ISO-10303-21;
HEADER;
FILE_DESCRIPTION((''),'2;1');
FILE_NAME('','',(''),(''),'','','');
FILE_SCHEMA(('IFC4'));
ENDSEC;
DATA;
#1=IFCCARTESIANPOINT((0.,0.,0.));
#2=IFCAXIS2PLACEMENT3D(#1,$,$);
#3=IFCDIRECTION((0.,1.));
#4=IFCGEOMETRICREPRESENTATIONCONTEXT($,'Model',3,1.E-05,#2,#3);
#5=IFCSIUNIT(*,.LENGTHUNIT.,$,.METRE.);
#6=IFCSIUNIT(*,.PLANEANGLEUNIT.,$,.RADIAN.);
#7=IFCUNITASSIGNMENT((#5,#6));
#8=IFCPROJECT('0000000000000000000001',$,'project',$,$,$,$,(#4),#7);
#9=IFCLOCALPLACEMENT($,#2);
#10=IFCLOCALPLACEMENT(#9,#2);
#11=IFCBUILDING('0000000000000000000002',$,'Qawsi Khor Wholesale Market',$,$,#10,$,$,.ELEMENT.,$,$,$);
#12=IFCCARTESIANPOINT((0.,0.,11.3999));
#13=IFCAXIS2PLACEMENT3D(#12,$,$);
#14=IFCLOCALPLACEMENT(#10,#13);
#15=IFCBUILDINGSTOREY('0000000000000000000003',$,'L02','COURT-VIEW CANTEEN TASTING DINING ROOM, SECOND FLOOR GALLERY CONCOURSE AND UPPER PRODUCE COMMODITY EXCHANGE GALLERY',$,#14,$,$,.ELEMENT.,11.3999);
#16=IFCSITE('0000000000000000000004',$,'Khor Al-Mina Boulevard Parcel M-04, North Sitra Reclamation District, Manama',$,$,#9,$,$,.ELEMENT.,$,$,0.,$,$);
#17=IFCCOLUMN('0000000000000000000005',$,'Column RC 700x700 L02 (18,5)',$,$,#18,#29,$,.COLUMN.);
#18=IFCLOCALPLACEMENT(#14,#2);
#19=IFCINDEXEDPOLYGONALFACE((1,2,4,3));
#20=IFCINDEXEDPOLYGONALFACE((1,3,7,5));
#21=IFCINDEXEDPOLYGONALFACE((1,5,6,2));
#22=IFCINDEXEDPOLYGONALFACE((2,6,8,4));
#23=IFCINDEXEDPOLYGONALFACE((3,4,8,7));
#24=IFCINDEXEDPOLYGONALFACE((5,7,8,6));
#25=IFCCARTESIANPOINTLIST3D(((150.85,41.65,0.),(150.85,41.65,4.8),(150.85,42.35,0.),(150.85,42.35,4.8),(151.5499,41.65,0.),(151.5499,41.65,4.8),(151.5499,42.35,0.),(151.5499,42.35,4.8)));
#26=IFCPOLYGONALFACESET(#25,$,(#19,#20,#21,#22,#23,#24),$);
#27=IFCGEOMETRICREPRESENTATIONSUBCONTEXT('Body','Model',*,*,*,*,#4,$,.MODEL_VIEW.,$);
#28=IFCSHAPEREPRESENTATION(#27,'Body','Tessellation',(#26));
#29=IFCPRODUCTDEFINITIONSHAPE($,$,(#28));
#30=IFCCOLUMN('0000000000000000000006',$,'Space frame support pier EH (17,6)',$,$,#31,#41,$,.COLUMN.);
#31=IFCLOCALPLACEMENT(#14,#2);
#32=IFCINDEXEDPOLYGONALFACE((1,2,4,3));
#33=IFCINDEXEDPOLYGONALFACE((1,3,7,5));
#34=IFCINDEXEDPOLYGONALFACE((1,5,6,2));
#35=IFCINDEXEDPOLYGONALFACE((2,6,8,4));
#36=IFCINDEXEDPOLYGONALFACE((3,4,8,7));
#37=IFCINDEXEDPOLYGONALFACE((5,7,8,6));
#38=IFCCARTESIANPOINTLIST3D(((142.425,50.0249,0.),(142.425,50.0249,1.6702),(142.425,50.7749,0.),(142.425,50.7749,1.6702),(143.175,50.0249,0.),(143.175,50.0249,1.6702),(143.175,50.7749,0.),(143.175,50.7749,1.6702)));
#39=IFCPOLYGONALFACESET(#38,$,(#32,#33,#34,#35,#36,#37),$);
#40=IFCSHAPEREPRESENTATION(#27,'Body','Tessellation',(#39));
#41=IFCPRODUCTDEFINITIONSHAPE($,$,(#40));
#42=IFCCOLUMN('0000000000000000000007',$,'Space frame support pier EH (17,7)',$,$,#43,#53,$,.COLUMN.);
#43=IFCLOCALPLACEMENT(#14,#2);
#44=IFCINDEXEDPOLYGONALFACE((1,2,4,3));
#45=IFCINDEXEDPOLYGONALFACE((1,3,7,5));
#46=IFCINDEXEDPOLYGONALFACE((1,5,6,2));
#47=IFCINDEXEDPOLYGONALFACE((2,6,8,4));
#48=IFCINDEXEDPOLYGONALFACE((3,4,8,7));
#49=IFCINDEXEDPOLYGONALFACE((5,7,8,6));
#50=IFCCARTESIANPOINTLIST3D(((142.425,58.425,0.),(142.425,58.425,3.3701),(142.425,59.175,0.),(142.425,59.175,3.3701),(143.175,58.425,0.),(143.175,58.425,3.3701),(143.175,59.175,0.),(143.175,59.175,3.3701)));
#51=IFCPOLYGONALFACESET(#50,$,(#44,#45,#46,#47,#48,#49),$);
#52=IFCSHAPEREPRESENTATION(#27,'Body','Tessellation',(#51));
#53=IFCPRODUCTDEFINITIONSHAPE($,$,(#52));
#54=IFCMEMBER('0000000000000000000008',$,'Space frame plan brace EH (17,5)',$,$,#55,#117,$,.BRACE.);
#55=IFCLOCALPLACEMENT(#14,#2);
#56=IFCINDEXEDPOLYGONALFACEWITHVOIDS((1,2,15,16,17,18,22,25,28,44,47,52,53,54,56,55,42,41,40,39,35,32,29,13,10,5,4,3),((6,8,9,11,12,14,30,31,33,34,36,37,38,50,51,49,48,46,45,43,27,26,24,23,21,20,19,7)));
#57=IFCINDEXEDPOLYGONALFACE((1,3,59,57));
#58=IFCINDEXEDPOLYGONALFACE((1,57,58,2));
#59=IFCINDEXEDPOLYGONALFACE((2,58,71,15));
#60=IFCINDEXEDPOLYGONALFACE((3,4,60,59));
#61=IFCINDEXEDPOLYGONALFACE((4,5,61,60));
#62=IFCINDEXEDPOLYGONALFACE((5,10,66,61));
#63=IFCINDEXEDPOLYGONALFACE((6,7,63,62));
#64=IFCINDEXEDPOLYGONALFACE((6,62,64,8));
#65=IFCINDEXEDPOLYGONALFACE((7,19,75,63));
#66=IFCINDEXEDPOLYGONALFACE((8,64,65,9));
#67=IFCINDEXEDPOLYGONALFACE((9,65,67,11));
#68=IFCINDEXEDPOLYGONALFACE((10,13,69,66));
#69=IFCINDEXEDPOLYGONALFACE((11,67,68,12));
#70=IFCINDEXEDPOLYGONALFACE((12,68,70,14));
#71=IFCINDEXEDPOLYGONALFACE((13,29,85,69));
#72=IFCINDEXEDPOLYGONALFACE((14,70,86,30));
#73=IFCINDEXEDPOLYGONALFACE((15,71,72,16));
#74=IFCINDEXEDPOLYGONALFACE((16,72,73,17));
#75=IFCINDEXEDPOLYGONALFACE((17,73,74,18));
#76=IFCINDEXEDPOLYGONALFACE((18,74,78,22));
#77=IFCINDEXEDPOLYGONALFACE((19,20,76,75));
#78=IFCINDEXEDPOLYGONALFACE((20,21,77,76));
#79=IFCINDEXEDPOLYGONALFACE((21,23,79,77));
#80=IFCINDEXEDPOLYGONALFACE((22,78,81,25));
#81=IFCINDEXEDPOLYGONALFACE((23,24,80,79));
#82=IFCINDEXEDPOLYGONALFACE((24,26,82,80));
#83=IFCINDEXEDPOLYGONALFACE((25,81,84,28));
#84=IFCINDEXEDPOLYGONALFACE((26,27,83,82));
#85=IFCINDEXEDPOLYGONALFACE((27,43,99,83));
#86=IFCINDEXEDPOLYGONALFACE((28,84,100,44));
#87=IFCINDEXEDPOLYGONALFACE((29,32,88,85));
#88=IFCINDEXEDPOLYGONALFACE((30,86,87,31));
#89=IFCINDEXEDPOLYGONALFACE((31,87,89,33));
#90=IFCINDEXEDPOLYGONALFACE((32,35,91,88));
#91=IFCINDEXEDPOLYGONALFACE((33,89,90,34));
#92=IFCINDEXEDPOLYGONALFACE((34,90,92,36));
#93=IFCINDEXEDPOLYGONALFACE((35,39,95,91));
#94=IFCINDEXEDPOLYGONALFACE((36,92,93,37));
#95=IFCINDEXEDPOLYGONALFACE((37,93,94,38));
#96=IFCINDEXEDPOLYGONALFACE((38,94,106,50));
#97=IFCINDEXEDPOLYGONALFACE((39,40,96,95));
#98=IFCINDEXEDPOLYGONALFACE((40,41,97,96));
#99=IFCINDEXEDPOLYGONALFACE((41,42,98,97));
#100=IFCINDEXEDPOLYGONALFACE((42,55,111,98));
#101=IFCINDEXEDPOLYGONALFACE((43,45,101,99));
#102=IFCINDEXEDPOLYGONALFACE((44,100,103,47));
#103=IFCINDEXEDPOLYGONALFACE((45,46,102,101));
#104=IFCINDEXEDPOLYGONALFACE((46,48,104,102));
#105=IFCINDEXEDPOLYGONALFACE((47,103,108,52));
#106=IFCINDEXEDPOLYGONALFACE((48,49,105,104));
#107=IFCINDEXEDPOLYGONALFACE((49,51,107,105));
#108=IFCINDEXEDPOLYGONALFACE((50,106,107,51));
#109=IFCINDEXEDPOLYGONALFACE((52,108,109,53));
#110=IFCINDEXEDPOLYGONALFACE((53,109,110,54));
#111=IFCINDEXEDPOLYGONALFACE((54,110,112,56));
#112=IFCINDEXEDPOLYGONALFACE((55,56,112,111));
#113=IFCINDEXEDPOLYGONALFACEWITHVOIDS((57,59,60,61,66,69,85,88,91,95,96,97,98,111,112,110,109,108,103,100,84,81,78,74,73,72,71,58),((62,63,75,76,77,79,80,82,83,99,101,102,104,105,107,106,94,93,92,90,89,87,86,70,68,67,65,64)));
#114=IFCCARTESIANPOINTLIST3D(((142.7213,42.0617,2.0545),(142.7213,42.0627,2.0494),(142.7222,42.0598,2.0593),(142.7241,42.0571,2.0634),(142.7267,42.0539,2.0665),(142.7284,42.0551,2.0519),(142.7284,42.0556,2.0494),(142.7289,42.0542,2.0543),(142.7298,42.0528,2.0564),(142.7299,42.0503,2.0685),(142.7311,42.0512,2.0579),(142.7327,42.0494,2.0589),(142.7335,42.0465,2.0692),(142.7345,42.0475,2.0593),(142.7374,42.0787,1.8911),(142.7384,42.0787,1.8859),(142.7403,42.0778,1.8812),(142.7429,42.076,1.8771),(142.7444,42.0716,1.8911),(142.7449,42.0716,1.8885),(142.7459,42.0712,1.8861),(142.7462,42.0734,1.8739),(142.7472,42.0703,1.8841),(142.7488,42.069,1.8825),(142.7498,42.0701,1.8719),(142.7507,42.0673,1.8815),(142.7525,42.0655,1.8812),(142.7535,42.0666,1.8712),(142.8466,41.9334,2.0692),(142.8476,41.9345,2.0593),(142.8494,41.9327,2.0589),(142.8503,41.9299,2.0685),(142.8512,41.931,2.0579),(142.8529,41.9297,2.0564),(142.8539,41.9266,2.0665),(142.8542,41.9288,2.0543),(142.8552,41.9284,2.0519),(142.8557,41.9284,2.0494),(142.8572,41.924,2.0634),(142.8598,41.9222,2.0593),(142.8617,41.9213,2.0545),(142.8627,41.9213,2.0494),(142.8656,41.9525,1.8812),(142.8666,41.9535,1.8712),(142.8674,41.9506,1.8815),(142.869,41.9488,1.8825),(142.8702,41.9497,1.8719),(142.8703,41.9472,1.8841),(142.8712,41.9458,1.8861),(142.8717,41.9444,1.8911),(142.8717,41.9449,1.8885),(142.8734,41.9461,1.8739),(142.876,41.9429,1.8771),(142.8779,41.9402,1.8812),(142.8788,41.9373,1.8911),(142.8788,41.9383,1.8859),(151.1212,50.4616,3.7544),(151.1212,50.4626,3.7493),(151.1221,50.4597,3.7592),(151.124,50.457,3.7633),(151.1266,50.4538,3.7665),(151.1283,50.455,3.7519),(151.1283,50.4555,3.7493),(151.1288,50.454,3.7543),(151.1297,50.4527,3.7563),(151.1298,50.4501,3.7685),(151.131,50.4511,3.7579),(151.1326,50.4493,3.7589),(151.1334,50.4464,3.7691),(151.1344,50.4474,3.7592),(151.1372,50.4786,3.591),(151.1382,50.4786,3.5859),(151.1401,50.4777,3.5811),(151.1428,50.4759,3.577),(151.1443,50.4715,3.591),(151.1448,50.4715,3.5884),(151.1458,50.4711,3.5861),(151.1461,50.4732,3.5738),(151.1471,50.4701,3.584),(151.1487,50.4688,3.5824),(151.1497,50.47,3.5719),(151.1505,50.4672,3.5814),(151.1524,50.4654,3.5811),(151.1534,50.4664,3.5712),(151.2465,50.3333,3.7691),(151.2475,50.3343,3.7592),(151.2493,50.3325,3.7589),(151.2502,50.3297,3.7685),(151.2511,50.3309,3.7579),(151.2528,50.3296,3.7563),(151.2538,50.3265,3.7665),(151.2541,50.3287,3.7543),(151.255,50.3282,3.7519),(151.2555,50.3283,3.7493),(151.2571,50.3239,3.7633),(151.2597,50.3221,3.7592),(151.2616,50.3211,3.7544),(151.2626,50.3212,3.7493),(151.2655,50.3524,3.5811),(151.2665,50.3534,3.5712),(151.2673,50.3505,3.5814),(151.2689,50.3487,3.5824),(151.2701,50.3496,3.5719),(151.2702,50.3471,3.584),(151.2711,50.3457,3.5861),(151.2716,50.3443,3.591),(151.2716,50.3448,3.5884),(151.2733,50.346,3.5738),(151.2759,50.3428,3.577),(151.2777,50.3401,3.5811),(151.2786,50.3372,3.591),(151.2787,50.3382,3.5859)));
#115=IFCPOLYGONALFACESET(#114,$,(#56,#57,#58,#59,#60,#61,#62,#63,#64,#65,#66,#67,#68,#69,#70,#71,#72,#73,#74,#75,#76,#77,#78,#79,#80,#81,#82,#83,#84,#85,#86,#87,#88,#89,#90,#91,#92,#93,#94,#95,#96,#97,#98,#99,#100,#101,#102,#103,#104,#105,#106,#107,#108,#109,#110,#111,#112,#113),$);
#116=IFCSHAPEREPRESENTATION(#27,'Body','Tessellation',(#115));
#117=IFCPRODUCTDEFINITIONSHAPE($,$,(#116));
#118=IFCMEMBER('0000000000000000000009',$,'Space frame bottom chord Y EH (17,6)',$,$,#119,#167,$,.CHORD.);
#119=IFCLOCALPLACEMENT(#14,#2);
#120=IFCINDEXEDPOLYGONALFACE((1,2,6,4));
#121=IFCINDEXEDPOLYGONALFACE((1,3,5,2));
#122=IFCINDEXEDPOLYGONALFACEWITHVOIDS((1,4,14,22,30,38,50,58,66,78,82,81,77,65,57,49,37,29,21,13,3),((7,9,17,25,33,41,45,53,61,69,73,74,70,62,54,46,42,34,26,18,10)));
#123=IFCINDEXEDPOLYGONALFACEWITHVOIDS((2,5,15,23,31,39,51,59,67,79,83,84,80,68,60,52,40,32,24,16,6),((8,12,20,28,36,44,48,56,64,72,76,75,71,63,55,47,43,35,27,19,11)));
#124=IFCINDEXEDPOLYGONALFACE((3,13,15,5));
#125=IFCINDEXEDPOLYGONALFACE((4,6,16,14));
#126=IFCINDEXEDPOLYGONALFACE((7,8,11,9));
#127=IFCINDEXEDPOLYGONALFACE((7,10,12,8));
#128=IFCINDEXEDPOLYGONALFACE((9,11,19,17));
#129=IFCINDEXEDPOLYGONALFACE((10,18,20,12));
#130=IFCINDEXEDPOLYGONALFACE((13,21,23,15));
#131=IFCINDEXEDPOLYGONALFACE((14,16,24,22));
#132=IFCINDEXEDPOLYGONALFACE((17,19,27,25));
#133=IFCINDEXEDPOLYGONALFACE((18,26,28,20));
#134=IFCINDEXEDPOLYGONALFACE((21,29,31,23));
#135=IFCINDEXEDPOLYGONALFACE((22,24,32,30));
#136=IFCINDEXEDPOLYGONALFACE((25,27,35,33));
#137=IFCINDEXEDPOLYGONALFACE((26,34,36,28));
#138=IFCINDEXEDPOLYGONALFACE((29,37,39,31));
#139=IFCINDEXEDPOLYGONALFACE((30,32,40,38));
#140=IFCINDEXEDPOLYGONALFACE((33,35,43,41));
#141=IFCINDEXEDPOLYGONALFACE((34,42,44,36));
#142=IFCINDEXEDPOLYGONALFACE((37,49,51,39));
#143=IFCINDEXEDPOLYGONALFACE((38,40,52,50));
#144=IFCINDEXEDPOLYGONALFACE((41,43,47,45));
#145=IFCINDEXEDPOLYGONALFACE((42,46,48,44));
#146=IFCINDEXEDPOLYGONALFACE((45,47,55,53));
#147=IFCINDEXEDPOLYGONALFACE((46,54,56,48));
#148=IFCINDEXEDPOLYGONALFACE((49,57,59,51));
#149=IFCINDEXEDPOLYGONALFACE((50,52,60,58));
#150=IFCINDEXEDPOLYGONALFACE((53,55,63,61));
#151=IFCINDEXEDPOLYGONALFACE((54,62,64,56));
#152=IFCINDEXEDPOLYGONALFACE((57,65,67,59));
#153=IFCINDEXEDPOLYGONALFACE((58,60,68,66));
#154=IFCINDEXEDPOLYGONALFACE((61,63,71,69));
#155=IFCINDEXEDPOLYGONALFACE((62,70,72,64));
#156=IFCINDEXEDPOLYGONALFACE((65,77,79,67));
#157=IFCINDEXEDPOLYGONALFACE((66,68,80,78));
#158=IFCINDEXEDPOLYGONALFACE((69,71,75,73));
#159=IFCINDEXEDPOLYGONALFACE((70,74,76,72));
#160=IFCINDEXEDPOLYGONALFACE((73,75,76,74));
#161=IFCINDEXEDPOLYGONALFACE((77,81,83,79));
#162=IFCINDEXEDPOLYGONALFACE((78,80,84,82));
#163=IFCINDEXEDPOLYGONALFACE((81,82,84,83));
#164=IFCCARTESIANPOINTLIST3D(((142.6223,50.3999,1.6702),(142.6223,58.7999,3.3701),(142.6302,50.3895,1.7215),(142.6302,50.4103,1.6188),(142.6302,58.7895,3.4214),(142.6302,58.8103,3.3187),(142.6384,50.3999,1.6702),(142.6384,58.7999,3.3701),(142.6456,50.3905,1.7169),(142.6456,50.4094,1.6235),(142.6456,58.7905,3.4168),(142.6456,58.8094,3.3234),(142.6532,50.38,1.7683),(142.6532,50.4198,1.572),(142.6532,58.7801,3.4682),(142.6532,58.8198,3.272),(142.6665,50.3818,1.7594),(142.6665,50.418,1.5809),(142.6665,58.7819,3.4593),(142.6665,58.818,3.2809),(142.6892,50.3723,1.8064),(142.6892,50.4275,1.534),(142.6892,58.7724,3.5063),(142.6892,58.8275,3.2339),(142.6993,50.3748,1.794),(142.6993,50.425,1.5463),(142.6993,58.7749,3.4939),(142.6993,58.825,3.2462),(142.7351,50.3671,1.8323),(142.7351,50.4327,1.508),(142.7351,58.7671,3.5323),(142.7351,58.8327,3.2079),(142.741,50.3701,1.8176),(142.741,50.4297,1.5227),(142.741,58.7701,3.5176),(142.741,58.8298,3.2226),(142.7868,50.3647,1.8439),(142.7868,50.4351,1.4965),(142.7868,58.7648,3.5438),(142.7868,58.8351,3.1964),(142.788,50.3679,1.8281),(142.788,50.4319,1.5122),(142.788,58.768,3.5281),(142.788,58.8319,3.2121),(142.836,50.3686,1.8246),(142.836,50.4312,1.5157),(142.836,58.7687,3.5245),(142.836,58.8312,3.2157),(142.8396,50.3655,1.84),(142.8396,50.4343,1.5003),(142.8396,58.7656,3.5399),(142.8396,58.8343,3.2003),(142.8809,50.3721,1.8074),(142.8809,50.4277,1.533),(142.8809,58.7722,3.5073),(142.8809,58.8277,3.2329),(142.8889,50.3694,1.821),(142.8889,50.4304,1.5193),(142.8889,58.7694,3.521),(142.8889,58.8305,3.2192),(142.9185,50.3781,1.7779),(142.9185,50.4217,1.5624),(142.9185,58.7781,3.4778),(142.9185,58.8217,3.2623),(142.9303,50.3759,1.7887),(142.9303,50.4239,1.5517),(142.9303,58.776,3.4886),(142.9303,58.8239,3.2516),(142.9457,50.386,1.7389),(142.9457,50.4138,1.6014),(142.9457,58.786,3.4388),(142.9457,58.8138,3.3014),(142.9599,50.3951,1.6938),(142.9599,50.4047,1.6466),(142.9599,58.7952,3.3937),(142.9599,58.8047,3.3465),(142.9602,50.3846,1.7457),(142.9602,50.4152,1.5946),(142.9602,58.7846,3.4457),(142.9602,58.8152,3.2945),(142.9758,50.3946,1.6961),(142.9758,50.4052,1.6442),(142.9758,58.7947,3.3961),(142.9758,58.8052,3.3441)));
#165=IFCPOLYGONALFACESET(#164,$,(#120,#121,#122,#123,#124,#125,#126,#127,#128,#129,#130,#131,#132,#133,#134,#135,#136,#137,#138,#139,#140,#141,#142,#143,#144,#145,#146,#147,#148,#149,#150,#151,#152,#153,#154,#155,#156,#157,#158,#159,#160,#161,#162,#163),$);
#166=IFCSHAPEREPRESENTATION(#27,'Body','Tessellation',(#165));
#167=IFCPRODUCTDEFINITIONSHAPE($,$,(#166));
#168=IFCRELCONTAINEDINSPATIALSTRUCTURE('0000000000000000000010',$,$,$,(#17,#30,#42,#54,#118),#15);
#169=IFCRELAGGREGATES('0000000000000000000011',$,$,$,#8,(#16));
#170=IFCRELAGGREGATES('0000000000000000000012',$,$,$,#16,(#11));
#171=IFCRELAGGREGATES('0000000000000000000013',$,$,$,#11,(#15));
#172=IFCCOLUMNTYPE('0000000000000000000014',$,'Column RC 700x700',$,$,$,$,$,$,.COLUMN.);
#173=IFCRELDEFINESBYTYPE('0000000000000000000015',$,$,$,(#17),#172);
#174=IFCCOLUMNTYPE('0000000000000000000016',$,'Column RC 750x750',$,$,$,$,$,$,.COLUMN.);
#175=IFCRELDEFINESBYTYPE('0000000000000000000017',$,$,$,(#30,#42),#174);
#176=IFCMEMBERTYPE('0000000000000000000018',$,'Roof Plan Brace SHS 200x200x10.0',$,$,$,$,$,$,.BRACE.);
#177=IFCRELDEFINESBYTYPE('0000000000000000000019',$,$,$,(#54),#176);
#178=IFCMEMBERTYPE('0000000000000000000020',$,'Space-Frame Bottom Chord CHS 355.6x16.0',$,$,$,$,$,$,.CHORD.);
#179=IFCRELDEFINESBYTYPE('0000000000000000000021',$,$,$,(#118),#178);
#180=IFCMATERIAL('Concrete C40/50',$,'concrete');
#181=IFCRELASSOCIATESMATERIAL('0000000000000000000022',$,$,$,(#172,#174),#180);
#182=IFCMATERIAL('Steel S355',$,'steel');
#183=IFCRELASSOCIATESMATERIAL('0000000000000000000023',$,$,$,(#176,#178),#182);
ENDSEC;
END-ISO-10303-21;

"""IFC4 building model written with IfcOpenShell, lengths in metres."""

from ifc_helpers import new_model, si_unit, direction, frame, origin, origin_2d, place, context, subcontext, project, spatial, rectangle, hollow_rectangle, hollow_circle, extrude, material, material_profile, profile_set, type_object, element, save


model = new_model("IFC4")

# Units and contexts
model_context = context("Model", 3, precision=1e-05, world=origin(), true_north=direction((0.0, 1.0)))
body_context = subcontext(model_context, "Body", "Model", "MODEL_VIEW")
ifc_project = project(units=[si_unit("LENGTHUNIT", "METRE"), si_unit("PLANEANGLEUNIT", "RADIAN")], contexts=[model_context])

# Site, building, storey
site_placement = place(None, origin())
site = spatial("IfcSite", under=ifc_project, at=site_placement, Name="Khor Al-Mina Boulevard Parcel M-04, North Sitra Reclamation District, Manama", CompositionType="ELEMENT", RefElevation=0.0)
building_placement = place(site_placement, origin())
building = spatial("IfcBuilding", under=site, at=building_placement, Name="Qawsi Khor Wholesale Market", CompositionType="ELEMENT")
storey_placement = place(building_placement, frame((0.0, 0.0, 11.3999)))
storey = spatial("IfcBuildingStorey", under=building, at=storey_placement, Name="L02", Description="COURT-VIEW CANTEEN TASTING DINING ROOM, SECOND FLOOR GALLERY CONCOURSE AND UPPER PRODUCE COMMODITY EXCHANGE GALLERY", CompositionType="ELEMENT", Elevation=11.3999)

# Columns
ifc_material_1 = material(Name="Concrete C40/50", Category="concrete")
ifc_material_profile_1 = material_profile(ifc_material_1, rectangle(XDim=0.7, YDim=0.7, at=origin_2d()), Name="RC 700x700")
ifc_profile_set_1 = profile_set([ifc_material_profile_1], Name="Concrete C40/50")
column_type_1 = type_object("IfcColumnType", Name="Column RC 700x700", PredefinedType="COLUMN", material=ifc_profile_set_1)
column_1_placement = place(storey_placement, frame((151.2, 42.0, 0.0), z_axis=(0.0, 0.0, 1.0), x_axis=(1.0, 0.0, 0.0)))
element("IfcColumn", 1, at=column_1_placement, inside=storey, type_object=column_type_1, Name="Column RC 700x700 L02 (18,5)", PredefinedType="COLUMN", context=body_context, shape_type="SweptSolid", body=[
    extrude(rectangle(XDim=0.7, YDim=0.7, at=origin_2d()), origin(), (0.0, 0.0, 1.0), 4.8),
])
ifc_material_profile_2 = material_profile(ifc_material_1, rectangle(XDim=0.75, YDim=0.75, at=origin_2d()), Name="RC 750x750")
ifc_profile_set_2 = profile_set([ifc_material_profile_2], Name="Concrete C40/50")
column_type_2 = type_object("IfcColumnType", Name="Column RC 750x750", PredefinedType="COLUMN", material=ifc_profile_set_2)
column_2_placement = place(storey_placement, frame((142.8, 50.3999, 0.0), z_axis=(0.0, 0.0, 1.0), x_axis=(1.0, 0.0, 0.0)))
element("IfcColumn", 2, at=column_2_placement, inside=storey, type_object=column_type_2, Name="Space frame support pier EH (17,6)", PredefinedType="COLUMN", context=body_context, shape_type="SweptSolid", body=[
    extrude(rectangle(XDim=0.75, YDim=0.75, at=origin_2d()), origin(), (0.0, 0.0, 1.0), 1.6702),
])
column_3_placement = place(storey_placement, frame((142.8, 58.8, 0.0), z_axis=(0.0, 0.0, 1.0), x_axis=(1.0, 0.0, 0.0)))
element("IfcColumn", 3, at=column_3_placement, inside=storey, type_object=column_type_2, Name="Space frame support pier EH (17,7)", PredefinedType="COLUMN", context=body_context, shape_type="SweptSolid", body=[
    extrude(rectangle(XDim=0.75, YDim=0.75, at=origin_2d()), origin(), (0.0, 0.0, 1.0), 3.3701),
])

# Members
ifc_material_2 = material(Name="Steel S355", Category="steel")
ifc_material_profile_3 = material_profile(ifc_material_2, hollow_rectangle(XDim=0.2, YDim=0.2, WallThickness=0.01, InnerFilletRadius=0.01, OuterFilletRadius=0.02, at=origin_2d()), Name="SHS 200x200x10.0")
ifc_profile_set_3 = profile_set([ifc_material_profile_3], Name="Steel S355")
member_type_1 = type_object("IfcMemberType", Name="Roof Plan Brace SHS 200x200x10.0", PredefinedType="BRACE", material=ifc_profile_set_3)
member_1_placement = place(storey_placement, frame((142.8, 42.0, 1.9702), z_axis=(0.699976, 0.699976, 0.141659), x_axis=(-0.707107, 0.707107, 0.0)))
element("IfcMember", 4, at=member_1_placement, inside=storey, type_object=member_type_1, Name="Space frame plan brace EH (17,5)", PredefinedType="BRACE", context=body_context, shape_type="SweptSolid", body=[
    extrude(hollow_rectangle(XDim=0.2, YDim=0.2, WallThickness=0.01, InnerFilletRadius=0.01, OuterFilletRadius=0.02, at=origin_2d()), origin(), (0.0, 0.0, 1.0), 12.0002),
])
ifc_material_profile_4 = material_profile(ifc_material_2, hollow_circle(Radius=0.1777, WallThickness=0.0161, at=origin_2d()), Name="CHS 355.6x16.0")
ifc_profile_set_4 = profile_set([ifc_material_profile_4], Name="Steel S355")
member_type_2 = type_object("IfcMemberType", Name="Space-Frame Bottom Chord CHS 355.6x16.0", PredefinedType="CHORD", material=ifc_profile_set_4)
member_2_placement = place(storey_placement, frame((142.8, 50.3999, 1.6702), z_axis=(0.0, 0.980131, 0.198351), x_axis=(-1.0, 0.0, 0.0)))
element("IfcMember", 5, at=member_2_placement, inside=storey, type_object=member_type_2, Name="Space frame bottom chord Y EH (17,6)", PredefinedType="CHORD", context=body_context, shape_type="SweptSolid", body=[
    extrude(hollow_circle(Radius=0.1777, WallThickness=0.0161, at=origin_2d()), origin(), (0.0, 0.0, 1.0), 8.5703),
])

save(model, "model.ifc")
